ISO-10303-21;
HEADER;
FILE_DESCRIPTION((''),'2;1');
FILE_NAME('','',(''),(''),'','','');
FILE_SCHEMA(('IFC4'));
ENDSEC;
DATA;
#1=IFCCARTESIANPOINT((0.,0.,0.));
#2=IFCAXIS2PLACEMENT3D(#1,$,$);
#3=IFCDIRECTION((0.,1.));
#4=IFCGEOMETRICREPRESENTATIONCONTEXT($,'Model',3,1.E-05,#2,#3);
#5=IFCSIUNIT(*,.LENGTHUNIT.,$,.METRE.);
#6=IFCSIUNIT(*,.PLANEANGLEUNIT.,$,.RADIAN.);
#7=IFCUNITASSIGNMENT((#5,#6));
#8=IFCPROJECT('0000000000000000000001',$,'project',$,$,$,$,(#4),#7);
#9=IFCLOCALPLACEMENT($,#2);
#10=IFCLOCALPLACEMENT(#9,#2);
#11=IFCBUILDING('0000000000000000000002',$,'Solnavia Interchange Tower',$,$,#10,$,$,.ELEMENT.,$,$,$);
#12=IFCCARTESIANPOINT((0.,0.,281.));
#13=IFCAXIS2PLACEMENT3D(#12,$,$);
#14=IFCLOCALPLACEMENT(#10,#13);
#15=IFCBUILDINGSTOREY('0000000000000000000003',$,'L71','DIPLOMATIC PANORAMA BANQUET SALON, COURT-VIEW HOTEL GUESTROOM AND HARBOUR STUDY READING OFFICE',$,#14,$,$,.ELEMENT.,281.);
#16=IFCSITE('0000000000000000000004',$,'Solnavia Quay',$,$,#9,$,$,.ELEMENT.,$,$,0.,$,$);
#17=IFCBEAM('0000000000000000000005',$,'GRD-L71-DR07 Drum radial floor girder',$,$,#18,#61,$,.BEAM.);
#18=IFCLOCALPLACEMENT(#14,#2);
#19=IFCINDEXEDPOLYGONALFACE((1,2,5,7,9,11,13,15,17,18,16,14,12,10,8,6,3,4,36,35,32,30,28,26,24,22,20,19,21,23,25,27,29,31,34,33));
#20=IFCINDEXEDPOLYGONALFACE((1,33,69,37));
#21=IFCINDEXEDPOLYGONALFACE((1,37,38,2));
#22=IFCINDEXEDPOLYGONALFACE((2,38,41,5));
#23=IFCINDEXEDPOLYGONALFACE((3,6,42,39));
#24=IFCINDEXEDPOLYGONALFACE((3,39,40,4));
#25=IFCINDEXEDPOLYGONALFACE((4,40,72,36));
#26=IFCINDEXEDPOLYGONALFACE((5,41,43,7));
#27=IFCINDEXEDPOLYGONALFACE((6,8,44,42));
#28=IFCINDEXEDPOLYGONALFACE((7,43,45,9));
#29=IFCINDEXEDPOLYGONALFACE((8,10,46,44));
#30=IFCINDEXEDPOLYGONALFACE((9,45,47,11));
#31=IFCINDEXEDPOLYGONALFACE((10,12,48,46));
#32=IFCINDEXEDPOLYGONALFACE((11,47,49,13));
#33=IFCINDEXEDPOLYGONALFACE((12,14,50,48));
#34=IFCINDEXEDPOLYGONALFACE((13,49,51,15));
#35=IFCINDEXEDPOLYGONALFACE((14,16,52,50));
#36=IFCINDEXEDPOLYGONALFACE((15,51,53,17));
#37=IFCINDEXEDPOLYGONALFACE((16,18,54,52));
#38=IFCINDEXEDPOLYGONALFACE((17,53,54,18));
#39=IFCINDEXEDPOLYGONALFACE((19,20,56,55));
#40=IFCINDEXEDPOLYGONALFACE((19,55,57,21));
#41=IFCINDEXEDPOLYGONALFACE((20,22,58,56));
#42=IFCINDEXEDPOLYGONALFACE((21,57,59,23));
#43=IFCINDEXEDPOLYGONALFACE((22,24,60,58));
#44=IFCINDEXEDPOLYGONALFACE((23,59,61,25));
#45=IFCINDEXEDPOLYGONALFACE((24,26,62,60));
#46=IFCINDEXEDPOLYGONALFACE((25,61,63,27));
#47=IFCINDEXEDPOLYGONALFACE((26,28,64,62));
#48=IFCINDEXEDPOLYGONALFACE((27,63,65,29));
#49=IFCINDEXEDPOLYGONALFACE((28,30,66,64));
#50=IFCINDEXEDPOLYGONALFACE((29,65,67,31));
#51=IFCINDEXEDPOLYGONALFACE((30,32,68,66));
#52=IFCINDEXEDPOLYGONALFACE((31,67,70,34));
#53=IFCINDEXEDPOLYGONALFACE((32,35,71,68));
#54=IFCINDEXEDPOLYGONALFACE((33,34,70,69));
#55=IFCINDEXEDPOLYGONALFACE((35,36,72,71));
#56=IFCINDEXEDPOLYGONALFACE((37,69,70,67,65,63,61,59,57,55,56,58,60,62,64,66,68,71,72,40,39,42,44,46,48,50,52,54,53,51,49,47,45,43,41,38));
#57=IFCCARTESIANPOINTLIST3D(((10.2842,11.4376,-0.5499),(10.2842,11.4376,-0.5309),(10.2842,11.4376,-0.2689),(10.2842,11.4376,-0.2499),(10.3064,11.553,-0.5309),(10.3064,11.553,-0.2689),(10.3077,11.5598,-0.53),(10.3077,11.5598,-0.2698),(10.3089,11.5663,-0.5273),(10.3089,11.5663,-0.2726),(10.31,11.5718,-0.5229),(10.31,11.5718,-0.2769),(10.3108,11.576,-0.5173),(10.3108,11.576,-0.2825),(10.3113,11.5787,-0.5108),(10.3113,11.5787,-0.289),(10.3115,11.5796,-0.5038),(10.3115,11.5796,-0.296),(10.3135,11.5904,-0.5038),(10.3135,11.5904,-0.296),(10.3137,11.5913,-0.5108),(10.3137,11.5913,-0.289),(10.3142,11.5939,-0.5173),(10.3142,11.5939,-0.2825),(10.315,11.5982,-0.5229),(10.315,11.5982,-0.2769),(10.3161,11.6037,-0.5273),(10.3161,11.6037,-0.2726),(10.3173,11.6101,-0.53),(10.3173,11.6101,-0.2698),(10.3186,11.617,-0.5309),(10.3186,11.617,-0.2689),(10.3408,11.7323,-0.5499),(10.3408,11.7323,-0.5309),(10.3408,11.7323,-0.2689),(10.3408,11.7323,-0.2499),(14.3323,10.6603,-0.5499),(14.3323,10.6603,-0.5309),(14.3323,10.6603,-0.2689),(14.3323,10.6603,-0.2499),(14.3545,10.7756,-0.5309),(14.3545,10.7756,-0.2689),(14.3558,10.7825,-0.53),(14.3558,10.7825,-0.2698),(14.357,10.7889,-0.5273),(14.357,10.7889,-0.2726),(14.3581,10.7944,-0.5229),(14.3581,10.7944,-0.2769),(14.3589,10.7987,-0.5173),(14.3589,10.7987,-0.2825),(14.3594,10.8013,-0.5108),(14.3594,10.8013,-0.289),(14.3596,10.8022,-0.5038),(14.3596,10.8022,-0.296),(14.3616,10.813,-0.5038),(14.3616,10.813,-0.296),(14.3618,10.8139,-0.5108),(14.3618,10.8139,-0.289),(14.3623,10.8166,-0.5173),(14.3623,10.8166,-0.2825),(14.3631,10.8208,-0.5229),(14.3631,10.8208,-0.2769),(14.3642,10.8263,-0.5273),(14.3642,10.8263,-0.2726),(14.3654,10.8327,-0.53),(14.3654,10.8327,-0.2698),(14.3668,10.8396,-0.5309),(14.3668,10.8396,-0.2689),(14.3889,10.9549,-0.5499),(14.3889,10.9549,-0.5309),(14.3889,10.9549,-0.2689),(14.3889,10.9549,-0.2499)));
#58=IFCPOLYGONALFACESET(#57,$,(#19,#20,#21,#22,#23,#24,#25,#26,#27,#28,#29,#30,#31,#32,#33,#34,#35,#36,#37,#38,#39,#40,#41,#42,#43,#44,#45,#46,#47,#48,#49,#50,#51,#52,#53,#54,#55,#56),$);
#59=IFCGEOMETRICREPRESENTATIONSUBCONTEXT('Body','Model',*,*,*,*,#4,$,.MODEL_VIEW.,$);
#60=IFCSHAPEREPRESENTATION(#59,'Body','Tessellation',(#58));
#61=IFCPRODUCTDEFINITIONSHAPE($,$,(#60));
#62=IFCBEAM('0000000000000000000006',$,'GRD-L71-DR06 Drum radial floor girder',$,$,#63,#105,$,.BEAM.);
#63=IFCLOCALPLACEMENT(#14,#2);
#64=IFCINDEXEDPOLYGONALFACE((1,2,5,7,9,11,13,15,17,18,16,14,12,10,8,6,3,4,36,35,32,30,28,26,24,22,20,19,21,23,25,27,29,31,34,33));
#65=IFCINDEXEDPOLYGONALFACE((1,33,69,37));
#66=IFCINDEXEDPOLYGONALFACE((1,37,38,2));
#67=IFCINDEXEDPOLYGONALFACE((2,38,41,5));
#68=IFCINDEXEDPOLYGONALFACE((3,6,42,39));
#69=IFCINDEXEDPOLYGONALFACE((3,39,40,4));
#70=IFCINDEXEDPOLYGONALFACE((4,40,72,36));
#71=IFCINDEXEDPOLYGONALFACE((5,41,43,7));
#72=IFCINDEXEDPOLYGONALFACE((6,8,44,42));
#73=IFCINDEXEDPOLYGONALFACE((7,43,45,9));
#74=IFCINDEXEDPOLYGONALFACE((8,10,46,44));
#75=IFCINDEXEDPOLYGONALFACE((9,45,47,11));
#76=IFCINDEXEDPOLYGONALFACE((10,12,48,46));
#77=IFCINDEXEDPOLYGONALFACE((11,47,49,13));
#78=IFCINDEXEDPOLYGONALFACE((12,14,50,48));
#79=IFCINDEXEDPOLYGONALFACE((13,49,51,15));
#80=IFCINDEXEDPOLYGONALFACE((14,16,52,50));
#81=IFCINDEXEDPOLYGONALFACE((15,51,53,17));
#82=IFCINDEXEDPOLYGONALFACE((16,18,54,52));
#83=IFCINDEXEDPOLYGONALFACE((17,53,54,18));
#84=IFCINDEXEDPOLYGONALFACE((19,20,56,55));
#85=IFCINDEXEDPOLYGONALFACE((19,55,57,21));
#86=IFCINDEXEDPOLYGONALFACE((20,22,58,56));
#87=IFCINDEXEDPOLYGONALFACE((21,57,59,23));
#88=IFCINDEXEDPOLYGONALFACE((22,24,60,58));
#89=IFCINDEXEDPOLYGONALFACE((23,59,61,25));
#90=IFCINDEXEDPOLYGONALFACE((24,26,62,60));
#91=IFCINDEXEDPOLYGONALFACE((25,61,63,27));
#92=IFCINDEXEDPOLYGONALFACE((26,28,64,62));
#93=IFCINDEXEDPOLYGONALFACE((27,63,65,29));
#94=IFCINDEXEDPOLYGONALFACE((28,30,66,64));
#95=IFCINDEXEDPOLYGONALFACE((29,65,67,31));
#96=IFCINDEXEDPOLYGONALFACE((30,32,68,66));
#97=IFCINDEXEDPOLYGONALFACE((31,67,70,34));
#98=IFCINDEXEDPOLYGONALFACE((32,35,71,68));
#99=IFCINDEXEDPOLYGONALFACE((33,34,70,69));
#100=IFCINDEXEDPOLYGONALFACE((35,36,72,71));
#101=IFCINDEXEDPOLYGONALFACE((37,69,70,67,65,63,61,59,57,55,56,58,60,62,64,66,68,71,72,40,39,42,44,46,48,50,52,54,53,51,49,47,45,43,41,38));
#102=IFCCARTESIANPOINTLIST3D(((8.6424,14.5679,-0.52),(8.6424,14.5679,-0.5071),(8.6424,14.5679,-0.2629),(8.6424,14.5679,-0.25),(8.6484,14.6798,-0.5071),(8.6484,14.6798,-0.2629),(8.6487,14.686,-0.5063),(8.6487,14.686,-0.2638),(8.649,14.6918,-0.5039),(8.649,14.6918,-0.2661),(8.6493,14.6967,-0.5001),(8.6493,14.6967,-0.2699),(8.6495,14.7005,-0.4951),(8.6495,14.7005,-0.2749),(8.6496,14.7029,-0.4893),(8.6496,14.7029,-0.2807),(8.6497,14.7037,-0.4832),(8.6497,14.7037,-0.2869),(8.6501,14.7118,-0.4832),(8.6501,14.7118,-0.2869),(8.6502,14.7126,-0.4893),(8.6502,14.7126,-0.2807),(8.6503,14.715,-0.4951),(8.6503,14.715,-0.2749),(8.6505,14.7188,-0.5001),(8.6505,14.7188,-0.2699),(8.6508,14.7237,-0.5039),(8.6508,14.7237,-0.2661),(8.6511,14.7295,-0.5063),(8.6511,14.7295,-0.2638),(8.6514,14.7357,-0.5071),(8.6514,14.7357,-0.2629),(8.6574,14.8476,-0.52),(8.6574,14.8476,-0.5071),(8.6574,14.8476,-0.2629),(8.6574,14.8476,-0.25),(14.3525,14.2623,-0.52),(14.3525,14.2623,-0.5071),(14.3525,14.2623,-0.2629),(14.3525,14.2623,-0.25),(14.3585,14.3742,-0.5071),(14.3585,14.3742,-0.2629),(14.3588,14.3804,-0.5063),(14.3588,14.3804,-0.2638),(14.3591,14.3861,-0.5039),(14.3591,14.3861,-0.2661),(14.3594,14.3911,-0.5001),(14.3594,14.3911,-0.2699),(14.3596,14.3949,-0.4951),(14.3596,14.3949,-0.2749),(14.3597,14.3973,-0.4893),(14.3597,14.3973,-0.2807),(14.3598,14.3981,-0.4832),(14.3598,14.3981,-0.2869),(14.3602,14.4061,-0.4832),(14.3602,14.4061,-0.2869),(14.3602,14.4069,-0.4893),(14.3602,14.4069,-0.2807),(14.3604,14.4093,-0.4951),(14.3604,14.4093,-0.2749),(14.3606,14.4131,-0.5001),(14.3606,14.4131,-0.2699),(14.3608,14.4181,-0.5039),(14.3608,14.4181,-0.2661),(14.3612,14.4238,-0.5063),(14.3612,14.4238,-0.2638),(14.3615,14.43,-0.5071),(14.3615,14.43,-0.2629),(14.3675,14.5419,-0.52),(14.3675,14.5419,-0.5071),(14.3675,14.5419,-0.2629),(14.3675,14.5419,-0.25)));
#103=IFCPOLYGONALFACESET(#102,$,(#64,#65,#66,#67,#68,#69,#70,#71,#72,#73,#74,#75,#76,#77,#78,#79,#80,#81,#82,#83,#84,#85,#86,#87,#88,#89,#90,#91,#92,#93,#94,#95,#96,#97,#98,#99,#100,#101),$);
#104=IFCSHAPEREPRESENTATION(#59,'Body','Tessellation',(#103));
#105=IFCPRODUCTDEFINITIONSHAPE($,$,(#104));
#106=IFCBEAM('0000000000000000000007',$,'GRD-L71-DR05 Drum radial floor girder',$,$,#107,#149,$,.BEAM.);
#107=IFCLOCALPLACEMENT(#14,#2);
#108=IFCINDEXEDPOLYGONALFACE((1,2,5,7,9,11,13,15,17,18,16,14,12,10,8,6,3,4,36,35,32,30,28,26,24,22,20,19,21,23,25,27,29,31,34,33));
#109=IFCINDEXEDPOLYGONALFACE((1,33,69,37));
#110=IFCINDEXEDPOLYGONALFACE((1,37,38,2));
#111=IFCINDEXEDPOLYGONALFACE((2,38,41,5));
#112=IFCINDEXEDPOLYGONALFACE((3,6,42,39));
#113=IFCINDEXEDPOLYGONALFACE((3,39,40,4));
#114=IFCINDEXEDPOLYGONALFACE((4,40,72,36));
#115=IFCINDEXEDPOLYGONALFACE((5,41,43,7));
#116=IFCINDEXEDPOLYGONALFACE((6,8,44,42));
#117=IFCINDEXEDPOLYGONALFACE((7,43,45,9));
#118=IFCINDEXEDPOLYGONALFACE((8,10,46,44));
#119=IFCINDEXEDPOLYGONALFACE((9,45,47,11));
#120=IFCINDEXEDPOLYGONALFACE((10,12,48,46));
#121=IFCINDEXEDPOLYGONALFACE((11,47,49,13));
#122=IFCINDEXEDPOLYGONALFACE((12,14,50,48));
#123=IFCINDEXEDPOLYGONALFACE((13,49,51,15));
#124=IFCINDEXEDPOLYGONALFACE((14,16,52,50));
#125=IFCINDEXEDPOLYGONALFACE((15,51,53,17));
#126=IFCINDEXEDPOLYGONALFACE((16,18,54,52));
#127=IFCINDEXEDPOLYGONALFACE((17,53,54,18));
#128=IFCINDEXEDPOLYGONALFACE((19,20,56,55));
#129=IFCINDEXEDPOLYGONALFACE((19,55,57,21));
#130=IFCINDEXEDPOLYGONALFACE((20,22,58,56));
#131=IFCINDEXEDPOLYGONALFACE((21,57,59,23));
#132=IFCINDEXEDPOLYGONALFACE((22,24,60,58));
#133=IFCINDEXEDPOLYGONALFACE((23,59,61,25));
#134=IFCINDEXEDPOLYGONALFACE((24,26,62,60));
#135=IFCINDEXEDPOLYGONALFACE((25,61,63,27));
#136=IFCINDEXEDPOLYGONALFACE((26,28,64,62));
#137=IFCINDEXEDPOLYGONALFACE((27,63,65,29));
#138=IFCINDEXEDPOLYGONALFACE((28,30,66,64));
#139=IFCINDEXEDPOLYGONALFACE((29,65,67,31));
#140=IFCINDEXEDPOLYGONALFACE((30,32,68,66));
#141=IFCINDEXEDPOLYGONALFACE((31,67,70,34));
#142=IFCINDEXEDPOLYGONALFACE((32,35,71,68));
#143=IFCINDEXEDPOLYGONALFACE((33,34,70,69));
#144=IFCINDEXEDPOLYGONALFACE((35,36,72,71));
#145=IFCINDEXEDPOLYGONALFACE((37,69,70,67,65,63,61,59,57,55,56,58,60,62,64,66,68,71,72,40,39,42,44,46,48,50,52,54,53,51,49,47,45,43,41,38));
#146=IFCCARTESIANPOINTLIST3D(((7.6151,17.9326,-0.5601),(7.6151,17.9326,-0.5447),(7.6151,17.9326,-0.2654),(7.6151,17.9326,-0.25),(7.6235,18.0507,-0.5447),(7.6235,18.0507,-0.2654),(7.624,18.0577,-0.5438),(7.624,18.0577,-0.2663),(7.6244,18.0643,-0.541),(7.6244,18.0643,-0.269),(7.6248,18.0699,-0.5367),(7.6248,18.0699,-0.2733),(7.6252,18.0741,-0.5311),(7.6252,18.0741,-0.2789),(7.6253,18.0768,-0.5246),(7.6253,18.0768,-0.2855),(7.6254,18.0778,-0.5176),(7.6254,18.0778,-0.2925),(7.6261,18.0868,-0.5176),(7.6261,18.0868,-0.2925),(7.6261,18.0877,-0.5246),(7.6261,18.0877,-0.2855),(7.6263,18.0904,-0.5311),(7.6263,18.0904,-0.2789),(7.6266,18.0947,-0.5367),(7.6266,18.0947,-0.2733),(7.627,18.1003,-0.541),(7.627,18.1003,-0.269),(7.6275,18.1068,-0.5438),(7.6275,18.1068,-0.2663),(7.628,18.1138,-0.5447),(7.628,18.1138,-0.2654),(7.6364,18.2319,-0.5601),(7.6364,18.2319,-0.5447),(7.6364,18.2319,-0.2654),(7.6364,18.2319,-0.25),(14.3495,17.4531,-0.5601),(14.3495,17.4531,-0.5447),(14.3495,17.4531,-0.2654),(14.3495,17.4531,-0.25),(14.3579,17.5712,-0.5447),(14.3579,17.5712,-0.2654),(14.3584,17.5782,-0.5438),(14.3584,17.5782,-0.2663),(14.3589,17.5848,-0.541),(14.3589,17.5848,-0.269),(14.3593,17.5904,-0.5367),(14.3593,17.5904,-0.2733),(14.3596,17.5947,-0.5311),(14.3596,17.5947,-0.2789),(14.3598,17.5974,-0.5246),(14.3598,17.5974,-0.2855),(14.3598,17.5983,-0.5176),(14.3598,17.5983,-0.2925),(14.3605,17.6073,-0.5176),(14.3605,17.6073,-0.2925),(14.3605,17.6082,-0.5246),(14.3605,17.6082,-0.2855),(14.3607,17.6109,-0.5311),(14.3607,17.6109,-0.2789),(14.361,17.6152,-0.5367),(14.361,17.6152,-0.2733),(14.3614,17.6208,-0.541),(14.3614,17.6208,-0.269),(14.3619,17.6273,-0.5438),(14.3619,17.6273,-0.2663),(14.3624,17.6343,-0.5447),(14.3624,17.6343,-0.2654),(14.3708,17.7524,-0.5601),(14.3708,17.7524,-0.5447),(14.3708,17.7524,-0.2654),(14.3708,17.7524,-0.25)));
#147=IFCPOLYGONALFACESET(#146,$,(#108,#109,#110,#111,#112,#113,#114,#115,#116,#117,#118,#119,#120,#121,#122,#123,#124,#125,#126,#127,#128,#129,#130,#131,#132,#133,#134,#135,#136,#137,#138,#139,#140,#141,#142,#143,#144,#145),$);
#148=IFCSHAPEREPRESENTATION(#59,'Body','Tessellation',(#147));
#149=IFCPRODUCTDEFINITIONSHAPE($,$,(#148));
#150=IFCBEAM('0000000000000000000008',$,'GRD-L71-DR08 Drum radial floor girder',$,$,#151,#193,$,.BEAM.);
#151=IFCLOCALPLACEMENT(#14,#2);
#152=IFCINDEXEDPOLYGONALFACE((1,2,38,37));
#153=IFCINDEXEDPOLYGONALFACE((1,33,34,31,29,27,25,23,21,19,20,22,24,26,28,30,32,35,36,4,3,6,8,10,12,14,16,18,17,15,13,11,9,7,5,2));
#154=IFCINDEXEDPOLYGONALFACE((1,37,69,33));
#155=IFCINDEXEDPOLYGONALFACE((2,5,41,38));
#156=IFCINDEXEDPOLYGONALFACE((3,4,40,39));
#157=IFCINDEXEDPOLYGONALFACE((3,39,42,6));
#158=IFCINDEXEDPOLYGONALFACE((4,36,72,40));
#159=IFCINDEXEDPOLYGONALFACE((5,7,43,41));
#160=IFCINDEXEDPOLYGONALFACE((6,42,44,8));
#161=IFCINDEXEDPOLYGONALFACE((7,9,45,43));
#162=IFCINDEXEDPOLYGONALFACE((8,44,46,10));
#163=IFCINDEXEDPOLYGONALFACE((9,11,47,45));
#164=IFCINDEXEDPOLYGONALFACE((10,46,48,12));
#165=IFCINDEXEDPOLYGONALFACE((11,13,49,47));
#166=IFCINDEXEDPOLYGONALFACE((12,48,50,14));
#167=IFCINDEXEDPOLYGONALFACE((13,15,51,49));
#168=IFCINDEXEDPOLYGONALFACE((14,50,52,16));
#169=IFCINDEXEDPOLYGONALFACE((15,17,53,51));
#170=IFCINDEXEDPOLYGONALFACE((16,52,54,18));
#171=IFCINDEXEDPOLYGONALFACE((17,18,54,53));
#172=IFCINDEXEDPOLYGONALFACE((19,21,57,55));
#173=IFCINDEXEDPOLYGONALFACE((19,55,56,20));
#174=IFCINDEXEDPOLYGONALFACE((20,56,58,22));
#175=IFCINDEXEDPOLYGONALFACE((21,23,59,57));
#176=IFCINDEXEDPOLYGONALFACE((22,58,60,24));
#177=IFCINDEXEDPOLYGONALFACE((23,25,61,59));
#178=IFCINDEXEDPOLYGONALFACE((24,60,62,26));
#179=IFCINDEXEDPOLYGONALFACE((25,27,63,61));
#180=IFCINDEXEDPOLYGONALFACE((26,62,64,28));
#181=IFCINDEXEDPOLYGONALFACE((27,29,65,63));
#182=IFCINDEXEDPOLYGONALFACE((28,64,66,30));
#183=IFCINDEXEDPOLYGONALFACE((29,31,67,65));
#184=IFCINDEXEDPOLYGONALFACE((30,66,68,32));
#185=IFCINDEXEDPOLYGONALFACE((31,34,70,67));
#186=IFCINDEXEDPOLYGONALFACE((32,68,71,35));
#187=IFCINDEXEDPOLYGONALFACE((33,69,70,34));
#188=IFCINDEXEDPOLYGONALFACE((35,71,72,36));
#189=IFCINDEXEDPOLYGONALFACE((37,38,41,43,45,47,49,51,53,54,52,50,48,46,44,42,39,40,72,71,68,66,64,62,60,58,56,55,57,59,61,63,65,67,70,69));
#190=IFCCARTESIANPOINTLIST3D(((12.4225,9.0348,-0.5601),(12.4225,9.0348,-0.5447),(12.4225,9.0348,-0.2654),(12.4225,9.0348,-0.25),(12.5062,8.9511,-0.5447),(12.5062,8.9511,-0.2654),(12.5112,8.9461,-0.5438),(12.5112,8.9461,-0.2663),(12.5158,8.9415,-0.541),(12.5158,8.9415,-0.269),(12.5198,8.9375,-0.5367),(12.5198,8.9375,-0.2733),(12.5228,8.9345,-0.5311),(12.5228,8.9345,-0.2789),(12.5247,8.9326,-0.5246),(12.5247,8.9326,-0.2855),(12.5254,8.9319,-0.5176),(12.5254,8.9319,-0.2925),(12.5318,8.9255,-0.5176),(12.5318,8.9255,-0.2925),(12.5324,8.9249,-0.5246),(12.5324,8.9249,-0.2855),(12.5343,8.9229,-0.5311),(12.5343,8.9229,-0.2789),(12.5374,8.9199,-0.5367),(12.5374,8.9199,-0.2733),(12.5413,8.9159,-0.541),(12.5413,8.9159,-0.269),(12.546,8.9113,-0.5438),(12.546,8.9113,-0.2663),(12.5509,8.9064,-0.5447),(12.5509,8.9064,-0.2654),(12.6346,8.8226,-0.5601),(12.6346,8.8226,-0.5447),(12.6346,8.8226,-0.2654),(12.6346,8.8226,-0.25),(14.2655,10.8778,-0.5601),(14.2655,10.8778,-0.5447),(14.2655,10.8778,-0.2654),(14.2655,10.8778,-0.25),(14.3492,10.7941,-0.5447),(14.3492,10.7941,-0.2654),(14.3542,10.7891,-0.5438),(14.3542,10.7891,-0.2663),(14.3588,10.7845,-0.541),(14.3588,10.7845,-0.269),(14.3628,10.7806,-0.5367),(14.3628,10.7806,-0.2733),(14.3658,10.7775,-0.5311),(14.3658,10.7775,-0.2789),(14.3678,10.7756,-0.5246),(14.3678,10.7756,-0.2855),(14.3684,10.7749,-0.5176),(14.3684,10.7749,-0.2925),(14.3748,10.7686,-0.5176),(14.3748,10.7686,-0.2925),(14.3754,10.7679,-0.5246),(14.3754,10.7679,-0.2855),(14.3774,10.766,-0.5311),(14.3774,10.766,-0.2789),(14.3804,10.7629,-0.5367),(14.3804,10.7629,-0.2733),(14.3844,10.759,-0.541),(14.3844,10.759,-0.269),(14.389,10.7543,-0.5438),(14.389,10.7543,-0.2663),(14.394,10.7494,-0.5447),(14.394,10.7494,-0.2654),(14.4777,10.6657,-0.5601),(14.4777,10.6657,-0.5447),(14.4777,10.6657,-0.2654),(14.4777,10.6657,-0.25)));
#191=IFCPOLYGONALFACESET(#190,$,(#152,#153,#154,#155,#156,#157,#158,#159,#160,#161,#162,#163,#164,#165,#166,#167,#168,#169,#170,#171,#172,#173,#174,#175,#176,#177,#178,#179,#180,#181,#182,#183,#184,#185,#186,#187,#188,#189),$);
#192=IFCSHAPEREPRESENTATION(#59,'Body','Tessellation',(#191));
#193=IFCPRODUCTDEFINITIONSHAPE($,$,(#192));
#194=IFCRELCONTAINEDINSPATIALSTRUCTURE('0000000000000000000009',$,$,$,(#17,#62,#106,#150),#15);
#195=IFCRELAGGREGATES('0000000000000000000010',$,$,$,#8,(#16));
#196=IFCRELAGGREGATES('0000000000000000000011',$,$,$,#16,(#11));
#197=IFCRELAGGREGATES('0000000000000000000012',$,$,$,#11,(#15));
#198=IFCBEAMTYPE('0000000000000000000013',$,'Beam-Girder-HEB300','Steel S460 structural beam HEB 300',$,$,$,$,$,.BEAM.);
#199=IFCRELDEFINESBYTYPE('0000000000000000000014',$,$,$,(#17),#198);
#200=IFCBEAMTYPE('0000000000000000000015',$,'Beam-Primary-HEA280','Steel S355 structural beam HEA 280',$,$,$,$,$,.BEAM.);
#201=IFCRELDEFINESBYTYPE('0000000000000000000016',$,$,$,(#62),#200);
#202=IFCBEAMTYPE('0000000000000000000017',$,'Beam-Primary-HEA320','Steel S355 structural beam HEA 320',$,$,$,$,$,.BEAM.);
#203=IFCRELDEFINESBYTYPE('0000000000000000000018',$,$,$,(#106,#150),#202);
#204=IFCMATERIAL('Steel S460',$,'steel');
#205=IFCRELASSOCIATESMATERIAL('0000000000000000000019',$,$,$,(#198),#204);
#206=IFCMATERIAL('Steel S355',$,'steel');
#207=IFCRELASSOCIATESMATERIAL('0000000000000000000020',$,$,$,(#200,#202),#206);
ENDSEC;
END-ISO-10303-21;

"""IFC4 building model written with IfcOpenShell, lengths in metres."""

from ifc_helpers import new_model, si_unit, direction, frame, origin, origin_2d, place, context, subcontext, project, spatial, i_section, extrude, material, material_profile, profile_set, type_object, element, save


model = new_model("IFC4")

# Units and contexts
model_context = context("Model", 3, precision=1e-05, world=origin(), true_north=direction((0.0, 1.0)))
body_context = subcontext(model_context, "Body", "Model", "MODEL_VIEW")
ifc_project = project(units=[si_unit("LENGTHUNIT", "METRE"), si_unit("PLANEANGLEUNIT", "RADIAN")], contexts=[model_context])

# Site, building, storey
site_placement = place(None, origin())
site = spatial("IfcSite", under=ifc_project, at=site_placement, Name="Solnavia Quay", CompositionType="ELEMENT", RefElevation=0.0)
building_placement = place(site_placement, origin())
building = spatial("IfcBuilding", under=site, at=building_placement, Name="Solnavia Interchange Tower", CompositionType="ELEMENT")
storey_placement = place(building_placement, frame((0.0, 0.0, 281.0)))
storey = spatial("IfcBuildingStorey", under=building, at=storey_placement, Name="L71", Description="DIPLOMATIC PANORAMA BANQUET SALON, COURT-VIEW HOTEL GUESTROOM AND HARBOUR STUDY READING OFFICE", CompositionType="ELEMENT", Elevation=281.0)

# Beams
ifc_material_1 = material(Name="Steel S460", Category="steel")
ifc_material_profile_1 = material_profile(ifc_material_1, i_section(OverallWidth=0.3, OverallDepth=0.3, WebThickness=0.011, FlangeThickness=0.019, FilletRadius=0.0271, at=origin_2d()), Name="HEB 300")
ifc_profile_set_1 = profile_set([ifc_material_profile_1], Name="Steel S460")
beam_type_1 = type_object("IfcBeamType", Name="Beam-Girder-HEB300", Description="Steel S460 structural beam HEB 300", PredefinedType="BEAM", material=ifc_profile_set_1)
beam_1_placement = place(storey_placement, frame((10.3125, 11.585, -0.3999), z_axis=(0.982058, -0.188582, 0.0), x_axis=(0.188582, 0.982058, 0.0)))
element("IfcBeam", 1, at=beam_1_placement, inside=storey, type_object=beam_type_1, Name="GRD-L71-DR07 Drum radial floor girder", PredefinedType="BEAM", context=body_context, shape_type="SweptSolid", body=[
    extrude(i_section(OverallWidth=0.3, OverallDepth=0.3, WebThickness=0.011, FlangeThickness=0.019, FilletRadius=0.0271, at=origin_2d()), origin(), (0.0, 0.0, 1.0), 4.1221),
])
ifc_material_2 = material(Name="Steel S355", Category="steel")
ifc_material_profile_2 = material_profile(ifc_material_2, i_section(OverallWidth=0.28, OverallDepth=0.27, WebThickness=0.0081, FlangeThickness=0.0129, FilletRadius=0.0239, at=origin_2d()), Name="HEA 280")
ifc_profile_set_2 = profile_set([ifc_material_profile_2], Name="Steel S355")
beam_type_2 = type_object("IfcBeamType", Name="Beam-Primary-HEA280", Description="Steel S355 structural beam HEA 280", PredefinedType="BEAM", material=ifc_profile_set_2)
beam_2_placement = place(storey_placement, frame((8.6499, 14.7078, -0.385), z_axis=(0.99857, -0.053453, 0.0), x_axis=(0.053453, 0.99857, 0.0)))
element("IfcBeam", 2, at=beam_2_placement, inside=storey, type_object=beam_type_2, Name="GRD-L71-DR06 Drum radial floor girder", PredefinedType="BEAM", context=body_context, shape_type="SweptSolid", body=[
    extrude(i_section(OverallWidth=0.28, OverallDepth=0.27, WebThickness=0.0081, FlangeThickness=0.0129, FilletRadius=0.0239, at=origin_2d()), origin(), (0.0, 0.0, 1.0), 5.7183),
])
ifc_material_profile_3 = material_profile(ifc_material_2, i_section(OverallWidth=0.3, OverallDepth=0.3101, WebThickness=0.009, FlangeThickness=0.0154, FilletRadius=0.0271, at=origin_2d()), Name="HEA 320")
ifc_profile_set_3 = profile_set([ifc_material_profile_3], Name="Steel S355")
beam_type_3 = type_object("IfcBeamType", Name="Beam-Primary-HEA320", Description="Steel S355 structural beam HEA 320", PredefinedType="BEAM", material=ifc_profile_set_3)
beam_3_placement = place(storey_placement, frame((7.6257, 18.0823, -0.405), z_axis=(0.997475, -0.071021, 0.0), x_axis=(0.071021, 0.997475, 0.0)))
element("IfcBeam", 3, at=beam_3_placement, inside=storey, type_object=beam_type_3, Name="GRD-L71-DR05 Drum radial floor girder", PredefinedType="BEAM", context=body_context, shape_type="SweptSolid", body=[
    extrude(i_section(OverallWidth=0.3, OverallDepth=0.3101, WebThickness=0.009, FlangeThickness=0.0154, FilletRadius=0.0271, at=origin_2d()), origin(), (0.0, 0.0, 1.0), 6.7515),
])
beam_4_placement = place(storey_placement, frame((12.5286, 8.9287, -0.405), z_axis=(0.707107, 0.707107, 0.0), x_axis=(-0.707107, 0.707107, 0.0)))
element("IfcBeam", 4, at=beam_4_placement, inside=storey, type_object=beam_type_3, Name="GRD-L71-DR08 Drum radial floor girder", PredefinedType="BEAM", context=body_context, shape_type="SweptSolid", body=[
    extrude(i_section(OverallWidth=0.3, OverallDepth=0.3101, WebThickness=0.009, FlangeThickness=0.0154, FilletRadius=0.0271, at=origin_2d()), origin(), (0.0, 0.0, 1.0), 2.6064),
])

save(model, "model.ifc")
